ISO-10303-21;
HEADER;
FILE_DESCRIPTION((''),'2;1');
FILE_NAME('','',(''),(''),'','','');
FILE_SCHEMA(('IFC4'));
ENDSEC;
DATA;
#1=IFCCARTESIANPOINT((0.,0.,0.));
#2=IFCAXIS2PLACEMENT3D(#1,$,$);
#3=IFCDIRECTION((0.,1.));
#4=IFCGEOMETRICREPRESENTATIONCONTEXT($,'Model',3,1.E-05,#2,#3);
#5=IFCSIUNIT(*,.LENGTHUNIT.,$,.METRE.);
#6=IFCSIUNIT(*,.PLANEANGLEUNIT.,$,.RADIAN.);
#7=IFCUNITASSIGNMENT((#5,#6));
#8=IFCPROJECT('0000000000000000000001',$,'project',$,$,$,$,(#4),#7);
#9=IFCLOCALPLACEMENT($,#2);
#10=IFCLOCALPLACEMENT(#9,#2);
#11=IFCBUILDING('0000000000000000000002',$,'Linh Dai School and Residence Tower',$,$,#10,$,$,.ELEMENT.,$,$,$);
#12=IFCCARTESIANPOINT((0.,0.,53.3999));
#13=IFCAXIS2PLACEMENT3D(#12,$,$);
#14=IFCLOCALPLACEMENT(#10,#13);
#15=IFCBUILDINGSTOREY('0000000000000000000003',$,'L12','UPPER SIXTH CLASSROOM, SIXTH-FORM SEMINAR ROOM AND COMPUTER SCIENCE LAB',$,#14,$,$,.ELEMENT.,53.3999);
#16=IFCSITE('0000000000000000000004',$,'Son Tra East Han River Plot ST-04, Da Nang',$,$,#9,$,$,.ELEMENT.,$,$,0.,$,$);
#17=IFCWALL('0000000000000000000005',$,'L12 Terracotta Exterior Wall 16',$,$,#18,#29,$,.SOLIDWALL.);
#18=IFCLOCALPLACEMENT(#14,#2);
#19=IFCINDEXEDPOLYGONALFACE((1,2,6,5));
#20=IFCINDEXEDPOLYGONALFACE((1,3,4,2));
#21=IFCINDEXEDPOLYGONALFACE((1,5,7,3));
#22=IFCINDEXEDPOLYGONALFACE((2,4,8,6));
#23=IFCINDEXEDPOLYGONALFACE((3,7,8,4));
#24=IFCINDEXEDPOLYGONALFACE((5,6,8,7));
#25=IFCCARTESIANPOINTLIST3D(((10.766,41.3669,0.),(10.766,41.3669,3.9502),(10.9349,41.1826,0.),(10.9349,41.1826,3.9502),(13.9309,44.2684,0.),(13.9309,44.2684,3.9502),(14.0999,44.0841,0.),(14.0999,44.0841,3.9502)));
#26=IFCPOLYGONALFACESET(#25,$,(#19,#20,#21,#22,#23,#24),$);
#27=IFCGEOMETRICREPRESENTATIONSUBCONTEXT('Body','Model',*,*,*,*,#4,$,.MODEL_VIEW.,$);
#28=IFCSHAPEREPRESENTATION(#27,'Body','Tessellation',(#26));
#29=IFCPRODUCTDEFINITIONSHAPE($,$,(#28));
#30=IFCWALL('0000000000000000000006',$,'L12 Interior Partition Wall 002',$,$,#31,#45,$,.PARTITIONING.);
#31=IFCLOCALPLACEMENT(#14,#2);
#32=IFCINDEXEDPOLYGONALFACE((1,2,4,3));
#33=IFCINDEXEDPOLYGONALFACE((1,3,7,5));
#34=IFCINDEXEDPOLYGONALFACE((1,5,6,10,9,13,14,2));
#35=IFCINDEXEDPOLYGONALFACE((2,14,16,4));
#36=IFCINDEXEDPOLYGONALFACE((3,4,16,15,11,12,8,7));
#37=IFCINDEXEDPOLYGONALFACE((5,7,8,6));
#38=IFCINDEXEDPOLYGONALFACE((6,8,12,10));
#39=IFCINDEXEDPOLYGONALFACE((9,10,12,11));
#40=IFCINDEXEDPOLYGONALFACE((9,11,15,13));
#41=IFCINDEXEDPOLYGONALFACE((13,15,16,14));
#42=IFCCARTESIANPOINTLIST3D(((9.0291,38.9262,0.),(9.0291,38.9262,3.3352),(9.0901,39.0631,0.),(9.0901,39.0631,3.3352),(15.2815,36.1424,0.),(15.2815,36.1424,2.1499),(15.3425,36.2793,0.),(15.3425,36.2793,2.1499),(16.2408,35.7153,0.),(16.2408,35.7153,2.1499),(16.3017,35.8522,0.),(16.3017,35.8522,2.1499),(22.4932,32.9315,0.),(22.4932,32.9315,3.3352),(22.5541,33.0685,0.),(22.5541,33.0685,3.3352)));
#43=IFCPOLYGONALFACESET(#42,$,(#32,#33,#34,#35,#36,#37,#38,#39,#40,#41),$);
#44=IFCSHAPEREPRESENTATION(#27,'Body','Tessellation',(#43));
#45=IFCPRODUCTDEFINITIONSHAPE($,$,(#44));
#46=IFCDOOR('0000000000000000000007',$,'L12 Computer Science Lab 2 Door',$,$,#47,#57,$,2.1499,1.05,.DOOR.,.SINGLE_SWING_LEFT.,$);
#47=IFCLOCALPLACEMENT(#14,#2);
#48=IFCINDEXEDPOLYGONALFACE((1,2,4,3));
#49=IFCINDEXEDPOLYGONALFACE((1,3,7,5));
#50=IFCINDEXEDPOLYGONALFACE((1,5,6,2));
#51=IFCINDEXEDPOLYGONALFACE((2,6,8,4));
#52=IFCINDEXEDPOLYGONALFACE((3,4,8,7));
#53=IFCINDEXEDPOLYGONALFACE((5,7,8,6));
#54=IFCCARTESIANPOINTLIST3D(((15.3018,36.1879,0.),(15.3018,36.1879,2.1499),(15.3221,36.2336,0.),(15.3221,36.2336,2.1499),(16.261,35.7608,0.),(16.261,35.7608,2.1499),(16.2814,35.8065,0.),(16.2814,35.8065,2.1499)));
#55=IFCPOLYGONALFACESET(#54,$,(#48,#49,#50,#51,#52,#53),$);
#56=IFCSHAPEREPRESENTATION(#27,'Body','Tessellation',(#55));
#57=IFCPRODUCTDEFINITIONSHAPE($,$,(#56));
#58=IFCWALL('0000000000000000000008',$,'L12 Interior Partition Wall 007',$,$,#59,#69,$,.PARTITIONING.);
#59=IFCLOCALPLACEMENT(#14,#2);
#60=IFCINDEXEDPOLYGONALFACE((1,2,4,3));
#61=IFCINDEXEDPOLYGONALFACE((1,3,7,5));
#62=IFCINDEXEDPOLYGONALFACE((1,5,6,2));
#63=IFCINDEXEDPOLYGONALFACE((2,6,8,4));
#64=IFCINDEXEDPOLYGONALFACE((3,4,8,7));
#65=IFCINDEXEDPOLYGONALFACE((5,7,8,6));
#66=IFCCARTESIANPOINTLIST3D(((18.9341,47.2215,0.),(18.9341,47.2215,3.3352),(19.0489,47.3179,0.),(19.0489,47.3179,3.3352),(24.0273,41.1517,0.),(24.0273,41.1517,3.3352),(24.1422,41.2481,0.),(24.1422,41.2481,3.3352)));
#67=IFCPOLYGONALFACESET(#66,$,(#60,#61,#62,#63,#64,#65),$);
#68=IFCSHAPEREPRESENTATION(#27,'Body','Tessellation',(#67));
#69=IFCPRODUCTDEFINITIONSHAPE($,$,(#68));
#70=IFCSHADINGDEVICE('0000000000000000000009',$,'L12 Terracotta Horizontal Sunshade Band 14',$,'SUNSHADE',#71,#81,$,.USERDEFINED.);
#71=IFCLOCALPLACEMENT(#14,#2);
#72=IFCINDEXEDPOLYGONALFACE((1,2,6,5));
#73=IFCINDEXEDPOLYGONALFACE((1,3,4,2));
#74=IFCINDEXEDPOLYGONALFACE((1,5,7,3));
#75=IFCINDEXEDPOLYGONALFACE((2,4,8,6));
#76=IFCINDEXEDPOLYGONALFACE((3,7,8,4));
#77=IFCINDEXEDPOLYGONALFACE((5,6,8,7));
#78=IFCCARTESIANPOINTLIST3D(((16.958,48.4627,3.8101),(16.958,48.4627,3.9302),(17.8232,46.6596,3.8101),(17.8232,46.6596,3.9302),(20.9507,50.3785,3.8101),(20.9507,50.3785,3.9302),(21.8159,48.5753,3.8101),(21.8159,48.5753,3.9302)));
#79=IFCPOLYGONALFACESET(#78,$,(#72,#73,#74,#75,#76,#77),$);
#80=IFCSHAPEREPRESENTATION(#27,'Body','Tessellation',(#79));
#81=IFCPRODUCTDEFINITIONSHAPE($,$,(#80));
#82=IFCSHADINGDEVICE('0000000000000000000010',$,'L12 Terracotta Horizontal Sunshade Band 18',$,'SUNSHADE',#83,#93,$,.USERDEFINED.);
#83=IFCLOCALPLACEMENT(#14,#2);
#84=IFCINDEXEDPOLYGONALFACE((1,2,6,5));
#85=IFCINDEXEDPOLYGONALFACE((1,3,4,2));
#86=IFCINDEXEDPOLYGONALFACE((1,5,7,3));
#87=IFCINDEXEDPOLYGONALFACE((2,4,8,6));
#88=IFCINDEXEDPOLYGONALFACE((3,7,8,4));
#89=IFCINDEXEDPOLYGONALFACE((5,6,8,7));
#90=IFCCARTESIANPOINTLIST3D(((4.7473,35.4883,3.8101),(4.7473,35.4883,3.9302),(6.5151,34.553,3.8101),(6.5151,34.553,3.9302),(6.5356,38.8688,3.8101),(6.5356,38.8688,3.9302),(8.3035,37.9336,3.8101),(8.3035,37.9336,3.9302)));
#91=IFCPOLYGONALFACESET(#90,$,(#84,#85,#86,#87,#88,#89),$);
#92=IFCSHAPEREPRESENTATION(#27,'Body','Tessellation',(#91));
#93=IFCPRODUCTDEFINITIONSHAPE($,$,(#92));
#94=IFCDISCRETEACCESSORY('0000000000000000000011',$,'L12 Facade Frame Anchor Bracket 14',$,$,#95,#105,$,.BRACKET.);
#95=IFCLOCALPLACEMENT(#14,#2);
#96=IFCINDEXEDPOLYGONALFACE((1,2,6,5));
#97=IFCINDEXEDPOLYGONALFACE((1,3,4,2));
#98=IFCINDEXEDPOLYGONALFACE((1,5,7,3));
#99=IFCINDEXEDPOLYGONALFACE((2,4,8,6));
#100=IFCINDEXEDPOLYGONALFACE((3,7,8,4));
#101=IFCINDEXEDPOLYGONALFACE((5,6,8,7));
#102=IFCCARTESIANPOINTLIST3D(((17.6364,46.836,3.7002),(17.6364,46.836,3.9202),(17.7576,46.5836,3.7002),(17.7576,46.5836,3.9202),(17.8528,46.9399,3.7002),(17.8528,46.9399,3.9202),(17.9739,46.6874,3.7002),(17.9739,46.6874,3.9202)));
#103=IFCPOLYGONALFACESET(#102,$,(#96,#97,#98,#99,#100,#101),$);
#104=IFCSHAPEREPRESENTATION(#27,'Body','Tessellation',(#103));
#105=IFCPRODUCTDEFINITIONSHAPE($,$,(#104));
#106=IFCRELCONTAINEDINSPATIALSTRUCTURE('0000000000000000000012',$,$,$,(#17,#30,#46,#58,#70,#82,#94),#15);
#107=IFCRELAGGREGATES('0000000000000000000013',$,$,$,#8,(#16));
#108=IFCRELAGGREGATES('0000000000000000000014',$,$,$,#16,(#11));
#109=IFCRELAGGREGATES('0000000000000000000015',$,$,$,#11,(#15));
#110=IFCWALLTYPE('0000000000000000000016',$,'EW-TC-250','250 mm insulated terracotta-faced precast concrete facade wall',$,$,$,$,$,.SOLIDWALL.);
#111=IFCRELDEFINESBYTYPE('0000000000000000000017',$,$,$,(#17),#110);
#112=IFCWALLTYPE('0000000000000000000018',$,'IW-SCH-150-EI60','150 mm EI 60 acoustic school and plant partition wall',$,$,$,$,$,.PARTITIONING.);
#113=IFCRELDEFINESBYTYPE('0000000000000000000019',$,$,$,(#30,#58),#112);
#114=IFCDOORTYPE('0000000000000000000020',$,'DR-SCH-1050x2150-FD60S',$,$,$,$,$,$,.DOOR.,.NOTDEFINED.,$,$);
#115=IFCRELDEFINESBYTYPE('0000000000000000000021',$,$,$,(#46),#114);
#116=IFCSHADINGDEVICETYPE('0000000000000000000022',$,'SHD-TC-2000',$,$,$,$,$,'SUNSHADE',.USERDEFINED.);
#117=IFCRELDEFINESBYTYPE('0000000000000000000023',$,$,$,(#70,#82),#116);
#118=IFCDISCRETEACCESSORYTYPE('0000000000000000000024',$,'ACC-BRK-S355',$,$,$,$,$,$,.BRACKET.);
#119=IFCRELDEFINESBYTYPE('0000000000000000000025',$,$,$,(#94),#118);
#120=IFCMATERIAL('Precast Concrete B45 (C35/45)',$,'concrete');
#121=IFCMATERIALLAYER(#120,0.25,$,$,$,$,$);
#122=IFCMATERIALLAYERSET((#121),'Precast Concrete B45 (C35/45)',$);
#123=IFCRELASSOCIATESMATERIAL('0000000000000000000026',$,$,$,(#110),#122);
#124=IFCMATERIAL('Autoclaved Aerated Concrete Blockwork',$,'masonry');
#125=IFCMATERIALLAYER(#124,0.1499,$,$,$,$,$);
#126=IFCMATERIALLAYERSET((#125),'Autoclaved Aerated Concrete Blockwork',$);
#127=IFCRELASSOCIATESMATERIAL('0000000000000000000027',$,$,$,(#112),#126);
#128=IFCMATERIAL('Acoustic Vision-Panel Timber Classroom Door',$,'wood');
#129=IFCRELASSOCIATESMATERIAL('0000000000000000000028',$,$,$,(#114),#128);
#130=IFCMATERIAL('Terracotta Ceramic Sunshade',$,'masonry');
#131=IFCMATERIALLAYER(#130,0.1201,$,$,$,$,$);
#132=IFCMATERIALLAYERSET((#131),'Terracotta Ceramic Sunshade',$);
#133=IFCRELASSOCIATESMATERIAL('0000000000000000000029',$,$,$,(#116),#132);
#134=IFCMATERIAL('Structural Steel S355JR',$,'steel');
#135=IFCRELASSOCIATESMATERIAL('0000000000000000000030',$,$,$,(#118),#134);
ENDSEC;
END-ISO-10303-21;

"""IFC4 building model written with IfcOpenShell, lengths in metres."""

from ifc_helpers import new_model, si_unit, direction, frame, frame_2d, origin, origin_2d, place, context, subcontext, project, spatial, rectangle, extrude, source, transform, mapped, material, layer, layer_set, type_object, element, fill, save


model = new_model("IFC4")

# Units and contexts
model_context = context("Model", 3, precision=1e-05, world=origin(), true_north=direction((0.0, 1.0)))
body_context = subcontext(model_context, "Body", "Model", "MODEL_VIEW")
ifc_project = project(units=[si_unit("LENGTHUNIT", "METRE"), si_unit("PLANEANGLEUNIT", "RADIAN")], contexts=[model_context])

# Site, building, storey
site_placement = place(None, origin())
site = spatial("IfcSite", under=ifc_project, at=site_placement, Name="Son Tra East Han River Plot ST-04, Da Nang", CompositionType="ELEMENT", RefElevation=0.0)
building_placement = place(site_placement, origin())
building = spatial("IfcBuilding", under=site, at=building_placement, Name="Linh Dai School and Residence Tower", CompositionType="ELEMENT")
storey_placement = place(building_placement, frame((0.0, 0.0, 53.3999)))
storey = spatial("IfcBuildingStorey", under=building, at=storey_placement, Name="L12", Description="UPPER SIXTH CLASSROOM, SIXTH-FORM SEMINAR ROOM AND COMPUTER SCIENCE LAB", CompositionType="ELEMENT", Elevation=53.3999)

# Shared definitions
ifc_material_1 = material(Name="Structural Steel S355JR", Category="steel")

# Shared definitions
ifc_material_2 = material(Name="Precast Concrete B45 (C35/45)", Category="concrete")

# Shared definitions
ifc_layer_1 = layer(ifc_material_2, 0.25)
ifc_layer_set_1 = layer_set([ifc_layer_1], Name="Precast Concrete B45 (C35/45)")
wall_type_1 = type_object("IfcWallType", Name="EW-TC-250", Description="250 mm insulated terracotta-faced precast concrete facade wall", PredefinedType="SOLIDWALL", material=ifc_layer_set_1)

# Wall
wall_1_placement = place(storey_placement, frame((10.8503, 41.2747, 0.0), z_axis=(0.0, 0.0, 1.0), x_axis=(0.737116, 0.675766, 0.0)))
element("IfcWall", 1, at=wall_1_placement, inside=storey, type_object=wall_type_1, Name="L12 Terracotta Exterior Wall 16", PredefinedType="SOLIDWALL", context=body_context, shape_type="SweptSolid", body=[
    extrude(rectangle(XDim=4.2937, YDim=0.25, at=frame_2d((2.147, 0.0))), origin(), (0.0, 0.0, 1.0), 3.9502),
])

# Wall, opening, door
ifc_material_3 = material(Name="Autoclaved Aerated Concrete Blockwork", Category="masonry")
ifc_layer_2 = layer(ifc_material_3, 0.1499)
ifc_layer_set_2 = layer_set([ifc_layer_2], Name="Autoclaved Aerated Concrete Blockwork")
wall_type_2 = type_object("IfcWallType", Name="IW-SCH-150-EI60", Description="150 mm EI 60 acoustic school and plant partition wall", PredefinedType="PARTITIONING", material=ifc_layer_set_2)
wall_2_placement = place(storey_placement, frame((9.0596, 38.9946, 0.0), z_axis=(0.0, 0.0, 1.0), x_axis=(0.913545, -0.406738, 0.0)))
wall_2 = element("IfcWall", 2, at=wall_2_placement, inside=storey, type_object=wall_type_2, Name="L12 Interior Partition Wall 002", PredefinedType="PARTITIONING", context=body_context, shape_type="SweptSolid", body=[
    extrude(rectangle(XDim=14.7383, YDim=0.1499, at=frame_2d((7.3691, 0.0))), origin(), (0.0, 0.0, 1.0), 3.3352),
])
opening_1_placement = place(wall_2_placement, frame((6.8442, 0.0, 0.0)))
opening_1 = element("IfcOpeningElement", 3, at=opening_1_placement, cuts=wall_2, PredefinedType="OPENING", context=body_context, shape_type="SweptSolid", body=[
    extrude(rectangle(XDim=1.05, YDim=2.1499, at=origin_2d()), frame((0.5249, 0.085, 1.075), z_axis=(0.0, -1.0, 0.0), x_axis=(1.0, 0.0, 0.0)), (0.0, 0.0, 1.0), 0.1699),
])
ifc_material_4 = material(Name="Acoustic Vision-Panel Timber Classroom Door", Category="wood")
door_type = type_object("IfcDoorType", Name="DR-SCH-1050x2150-FD60S", OperationType="NOTDEFINED", PredefinedType="DOOR", material=ifc_material_4)
shared_shape_1 = source(origin(), body_context, "Body", "SweptSolid", [
    extrude(rectangle(XDim=1.05, YDim=2.1499, at=origin_2d()), frame((0.5249, 0.0249, 1.075), z_axis=(0.0, -1.0, 0.0), x_axis=(1.0, 0.0, 0.0)), (0.0, 0.0, 1.0), 0.05),
])
door_placement = place(opening_1_placement, origin())
door = element("IfcDoor", 4, at=door_placement, inside=storey, type_object=door_type, Name="L12 Computer Science Lab 2 Door", OperationType="SINGLE_SWING_LEFT", OverallHeight=2.1499, OverallWidth=1.05, PredefinedType="DOOR", context=body_context, shape_type="MappedRepresentation", body=[
    mapped(shared_shape_1, transform((0.0, 0.0, 0.0), x_axis=(1.0, 0.0, 0.0), y_axis=(0.0, 1.0, 0.0), z_axis=(0.0, 0.0, 1.0), scale=1.0)),
])
fill(opening_1, door)

# Wall
wall_3_placement = place(storey_placement, frame((18.9915, 47.2698, 0.0), z_axis=(0.0, 0.0, 1.0), x_axis=(0.642793, -0.76604, 0.0)))
element("IfcWall", 5, at=wall_3_placement, inside=storey, type_object=wall_type_2, Name="L12 Interior Partition Wall 007", PredefinedType="PARTITIONING", context=body_context, shape_type="SweptSolid", body=[
    extrude(rectangle(XDim=7.9236, YDim=0.1499, at=frame_2d((3.9619, 0.0))), origin(), (0.0, 0.0, 1.0), 3.3352),
])

# Shading devices
ifc_material_5 = material(Name="Terracotta Ceramic Sunshade", Category="masonry")
ifc_layer_3 = layer(ifc_material_5, 0.1201)
ifc_layer_set_3 = layer_set([ifc_layer_3], Name="Terracotta Ceramic Sunshade")
shading_device_type = type_object("IfcShadingDeviceType", Name="SHD-TC-2000", ElementType="SUNSHADE", PredefinedType="USERDEFINED", material=ifc_layer_set_3)
shared_shape_2 = source(origin(), body_context, "Body", "SweptSolid", [
    extrude(rectangle(XDim=4.4285, YDim=2.0, at=origin_2d()), origin(), (0.0, 0.0, 1.0), 0.1201),
])
shading_device_1_placement = place(storey_placement, frame((19.387, 48.519, 3.8101), z_axis=(0.0, 0.0, 1.0), x_axis=(0.901585, 0.432603, 0.0)))
element("IfcShadingDevice", 6, at=shading_device_1_placement, inside=storey, type_object=shading_device_type, Name="L12 Terracotta Horizontal Sunshade Band 14", ObjectType="SUNSHADE", PredefinedType="USERDEFINED", context=body_context, shape_type="MappedRepresentation", body=[
    mapped(shared_shape_2, transform((0.0, 0.0, 0.0), x_axis=(1.0, 0.0, 0.0), y_axis=(0.0, 1.0, 0.0), z_axis=(0.0, 0.0, 1.0), scale=1.0)),
])
shared_shape_3 = source(origin(), body_context, "Body", "SweptSolid", [
    extrude(rectangle(XDim=3.8245, YDim=2.0, at=origin_2d()), origin(), (0.0, 0.0, 1.0), 0.1201),
])
shading_device_2_placement = place(storey_placement, frame((6.5254, 36.7109, 3.8101), z_axis=(0.0, 0.0, 1.0), x_axis=(0.467612, 0.883934, 0.0)))
element("IfcShadingDevice", 7, at=shading_device_2_placement, inside=storey, type_object=shading_device_type, Name="L12 Terracotta Horizontal Sunshade Band 18", ObjectType="SUNSHADE", PredefinedType="USERDEFINED", context=body_context, shape_type="MappedRepresentation", body=[
    mapped(shared_shape_3, transform((0.0, 0.0, 0.0), x_axis=(1.0, 0.0, 0.0), y_axis=(0.0, 1.0, 0.0), z_axis=(0.0, 0.0, 1.0), scale=1.0)),
])

# Discrete accessory
discrete_accessory_type = type_object("IfcDiscreteAccessoryType", Name="ACC-BRK-S355", PredefinedType="BRACKET", material=ifc_material_1)
shared_shape_4 = source(origin(), body_context, "Body", "SweptSolid", [
    extrude(rectangle(XDim=0.28, YDim=0.24, at=origin_2d()), origin(), (0.0, 0.0, 1.0), 0.22),
])
discrete_accessory_placement = place(storey_placement, frame((17.8052, 46.7617, 3.7002), z_axis=(0.0, 0.0, 1.0), x_axis=(-0.432603, 0.901585, 0.0)))
element("IfcDiscreteAccessory", 8, at=discrete_accessory_placement, inside=storey, type_object=discrete_accessory_type, Name="L12 Facade Frame Anchor Bracket 14", PredefinedType="BRACKET", context=body_context, shape_type="MappedRepresentation", body=[
    mapped(shared_shape_4, transform((0.0, 0.0, 0.0), x_axis=(1.0, 0.0, 0.0), y_axis=(0.0, 1.0, 0.0), z_axis=(0.0, 0.0, 1.0), scale=1.0)),
])

save(model, "model.ifc")
